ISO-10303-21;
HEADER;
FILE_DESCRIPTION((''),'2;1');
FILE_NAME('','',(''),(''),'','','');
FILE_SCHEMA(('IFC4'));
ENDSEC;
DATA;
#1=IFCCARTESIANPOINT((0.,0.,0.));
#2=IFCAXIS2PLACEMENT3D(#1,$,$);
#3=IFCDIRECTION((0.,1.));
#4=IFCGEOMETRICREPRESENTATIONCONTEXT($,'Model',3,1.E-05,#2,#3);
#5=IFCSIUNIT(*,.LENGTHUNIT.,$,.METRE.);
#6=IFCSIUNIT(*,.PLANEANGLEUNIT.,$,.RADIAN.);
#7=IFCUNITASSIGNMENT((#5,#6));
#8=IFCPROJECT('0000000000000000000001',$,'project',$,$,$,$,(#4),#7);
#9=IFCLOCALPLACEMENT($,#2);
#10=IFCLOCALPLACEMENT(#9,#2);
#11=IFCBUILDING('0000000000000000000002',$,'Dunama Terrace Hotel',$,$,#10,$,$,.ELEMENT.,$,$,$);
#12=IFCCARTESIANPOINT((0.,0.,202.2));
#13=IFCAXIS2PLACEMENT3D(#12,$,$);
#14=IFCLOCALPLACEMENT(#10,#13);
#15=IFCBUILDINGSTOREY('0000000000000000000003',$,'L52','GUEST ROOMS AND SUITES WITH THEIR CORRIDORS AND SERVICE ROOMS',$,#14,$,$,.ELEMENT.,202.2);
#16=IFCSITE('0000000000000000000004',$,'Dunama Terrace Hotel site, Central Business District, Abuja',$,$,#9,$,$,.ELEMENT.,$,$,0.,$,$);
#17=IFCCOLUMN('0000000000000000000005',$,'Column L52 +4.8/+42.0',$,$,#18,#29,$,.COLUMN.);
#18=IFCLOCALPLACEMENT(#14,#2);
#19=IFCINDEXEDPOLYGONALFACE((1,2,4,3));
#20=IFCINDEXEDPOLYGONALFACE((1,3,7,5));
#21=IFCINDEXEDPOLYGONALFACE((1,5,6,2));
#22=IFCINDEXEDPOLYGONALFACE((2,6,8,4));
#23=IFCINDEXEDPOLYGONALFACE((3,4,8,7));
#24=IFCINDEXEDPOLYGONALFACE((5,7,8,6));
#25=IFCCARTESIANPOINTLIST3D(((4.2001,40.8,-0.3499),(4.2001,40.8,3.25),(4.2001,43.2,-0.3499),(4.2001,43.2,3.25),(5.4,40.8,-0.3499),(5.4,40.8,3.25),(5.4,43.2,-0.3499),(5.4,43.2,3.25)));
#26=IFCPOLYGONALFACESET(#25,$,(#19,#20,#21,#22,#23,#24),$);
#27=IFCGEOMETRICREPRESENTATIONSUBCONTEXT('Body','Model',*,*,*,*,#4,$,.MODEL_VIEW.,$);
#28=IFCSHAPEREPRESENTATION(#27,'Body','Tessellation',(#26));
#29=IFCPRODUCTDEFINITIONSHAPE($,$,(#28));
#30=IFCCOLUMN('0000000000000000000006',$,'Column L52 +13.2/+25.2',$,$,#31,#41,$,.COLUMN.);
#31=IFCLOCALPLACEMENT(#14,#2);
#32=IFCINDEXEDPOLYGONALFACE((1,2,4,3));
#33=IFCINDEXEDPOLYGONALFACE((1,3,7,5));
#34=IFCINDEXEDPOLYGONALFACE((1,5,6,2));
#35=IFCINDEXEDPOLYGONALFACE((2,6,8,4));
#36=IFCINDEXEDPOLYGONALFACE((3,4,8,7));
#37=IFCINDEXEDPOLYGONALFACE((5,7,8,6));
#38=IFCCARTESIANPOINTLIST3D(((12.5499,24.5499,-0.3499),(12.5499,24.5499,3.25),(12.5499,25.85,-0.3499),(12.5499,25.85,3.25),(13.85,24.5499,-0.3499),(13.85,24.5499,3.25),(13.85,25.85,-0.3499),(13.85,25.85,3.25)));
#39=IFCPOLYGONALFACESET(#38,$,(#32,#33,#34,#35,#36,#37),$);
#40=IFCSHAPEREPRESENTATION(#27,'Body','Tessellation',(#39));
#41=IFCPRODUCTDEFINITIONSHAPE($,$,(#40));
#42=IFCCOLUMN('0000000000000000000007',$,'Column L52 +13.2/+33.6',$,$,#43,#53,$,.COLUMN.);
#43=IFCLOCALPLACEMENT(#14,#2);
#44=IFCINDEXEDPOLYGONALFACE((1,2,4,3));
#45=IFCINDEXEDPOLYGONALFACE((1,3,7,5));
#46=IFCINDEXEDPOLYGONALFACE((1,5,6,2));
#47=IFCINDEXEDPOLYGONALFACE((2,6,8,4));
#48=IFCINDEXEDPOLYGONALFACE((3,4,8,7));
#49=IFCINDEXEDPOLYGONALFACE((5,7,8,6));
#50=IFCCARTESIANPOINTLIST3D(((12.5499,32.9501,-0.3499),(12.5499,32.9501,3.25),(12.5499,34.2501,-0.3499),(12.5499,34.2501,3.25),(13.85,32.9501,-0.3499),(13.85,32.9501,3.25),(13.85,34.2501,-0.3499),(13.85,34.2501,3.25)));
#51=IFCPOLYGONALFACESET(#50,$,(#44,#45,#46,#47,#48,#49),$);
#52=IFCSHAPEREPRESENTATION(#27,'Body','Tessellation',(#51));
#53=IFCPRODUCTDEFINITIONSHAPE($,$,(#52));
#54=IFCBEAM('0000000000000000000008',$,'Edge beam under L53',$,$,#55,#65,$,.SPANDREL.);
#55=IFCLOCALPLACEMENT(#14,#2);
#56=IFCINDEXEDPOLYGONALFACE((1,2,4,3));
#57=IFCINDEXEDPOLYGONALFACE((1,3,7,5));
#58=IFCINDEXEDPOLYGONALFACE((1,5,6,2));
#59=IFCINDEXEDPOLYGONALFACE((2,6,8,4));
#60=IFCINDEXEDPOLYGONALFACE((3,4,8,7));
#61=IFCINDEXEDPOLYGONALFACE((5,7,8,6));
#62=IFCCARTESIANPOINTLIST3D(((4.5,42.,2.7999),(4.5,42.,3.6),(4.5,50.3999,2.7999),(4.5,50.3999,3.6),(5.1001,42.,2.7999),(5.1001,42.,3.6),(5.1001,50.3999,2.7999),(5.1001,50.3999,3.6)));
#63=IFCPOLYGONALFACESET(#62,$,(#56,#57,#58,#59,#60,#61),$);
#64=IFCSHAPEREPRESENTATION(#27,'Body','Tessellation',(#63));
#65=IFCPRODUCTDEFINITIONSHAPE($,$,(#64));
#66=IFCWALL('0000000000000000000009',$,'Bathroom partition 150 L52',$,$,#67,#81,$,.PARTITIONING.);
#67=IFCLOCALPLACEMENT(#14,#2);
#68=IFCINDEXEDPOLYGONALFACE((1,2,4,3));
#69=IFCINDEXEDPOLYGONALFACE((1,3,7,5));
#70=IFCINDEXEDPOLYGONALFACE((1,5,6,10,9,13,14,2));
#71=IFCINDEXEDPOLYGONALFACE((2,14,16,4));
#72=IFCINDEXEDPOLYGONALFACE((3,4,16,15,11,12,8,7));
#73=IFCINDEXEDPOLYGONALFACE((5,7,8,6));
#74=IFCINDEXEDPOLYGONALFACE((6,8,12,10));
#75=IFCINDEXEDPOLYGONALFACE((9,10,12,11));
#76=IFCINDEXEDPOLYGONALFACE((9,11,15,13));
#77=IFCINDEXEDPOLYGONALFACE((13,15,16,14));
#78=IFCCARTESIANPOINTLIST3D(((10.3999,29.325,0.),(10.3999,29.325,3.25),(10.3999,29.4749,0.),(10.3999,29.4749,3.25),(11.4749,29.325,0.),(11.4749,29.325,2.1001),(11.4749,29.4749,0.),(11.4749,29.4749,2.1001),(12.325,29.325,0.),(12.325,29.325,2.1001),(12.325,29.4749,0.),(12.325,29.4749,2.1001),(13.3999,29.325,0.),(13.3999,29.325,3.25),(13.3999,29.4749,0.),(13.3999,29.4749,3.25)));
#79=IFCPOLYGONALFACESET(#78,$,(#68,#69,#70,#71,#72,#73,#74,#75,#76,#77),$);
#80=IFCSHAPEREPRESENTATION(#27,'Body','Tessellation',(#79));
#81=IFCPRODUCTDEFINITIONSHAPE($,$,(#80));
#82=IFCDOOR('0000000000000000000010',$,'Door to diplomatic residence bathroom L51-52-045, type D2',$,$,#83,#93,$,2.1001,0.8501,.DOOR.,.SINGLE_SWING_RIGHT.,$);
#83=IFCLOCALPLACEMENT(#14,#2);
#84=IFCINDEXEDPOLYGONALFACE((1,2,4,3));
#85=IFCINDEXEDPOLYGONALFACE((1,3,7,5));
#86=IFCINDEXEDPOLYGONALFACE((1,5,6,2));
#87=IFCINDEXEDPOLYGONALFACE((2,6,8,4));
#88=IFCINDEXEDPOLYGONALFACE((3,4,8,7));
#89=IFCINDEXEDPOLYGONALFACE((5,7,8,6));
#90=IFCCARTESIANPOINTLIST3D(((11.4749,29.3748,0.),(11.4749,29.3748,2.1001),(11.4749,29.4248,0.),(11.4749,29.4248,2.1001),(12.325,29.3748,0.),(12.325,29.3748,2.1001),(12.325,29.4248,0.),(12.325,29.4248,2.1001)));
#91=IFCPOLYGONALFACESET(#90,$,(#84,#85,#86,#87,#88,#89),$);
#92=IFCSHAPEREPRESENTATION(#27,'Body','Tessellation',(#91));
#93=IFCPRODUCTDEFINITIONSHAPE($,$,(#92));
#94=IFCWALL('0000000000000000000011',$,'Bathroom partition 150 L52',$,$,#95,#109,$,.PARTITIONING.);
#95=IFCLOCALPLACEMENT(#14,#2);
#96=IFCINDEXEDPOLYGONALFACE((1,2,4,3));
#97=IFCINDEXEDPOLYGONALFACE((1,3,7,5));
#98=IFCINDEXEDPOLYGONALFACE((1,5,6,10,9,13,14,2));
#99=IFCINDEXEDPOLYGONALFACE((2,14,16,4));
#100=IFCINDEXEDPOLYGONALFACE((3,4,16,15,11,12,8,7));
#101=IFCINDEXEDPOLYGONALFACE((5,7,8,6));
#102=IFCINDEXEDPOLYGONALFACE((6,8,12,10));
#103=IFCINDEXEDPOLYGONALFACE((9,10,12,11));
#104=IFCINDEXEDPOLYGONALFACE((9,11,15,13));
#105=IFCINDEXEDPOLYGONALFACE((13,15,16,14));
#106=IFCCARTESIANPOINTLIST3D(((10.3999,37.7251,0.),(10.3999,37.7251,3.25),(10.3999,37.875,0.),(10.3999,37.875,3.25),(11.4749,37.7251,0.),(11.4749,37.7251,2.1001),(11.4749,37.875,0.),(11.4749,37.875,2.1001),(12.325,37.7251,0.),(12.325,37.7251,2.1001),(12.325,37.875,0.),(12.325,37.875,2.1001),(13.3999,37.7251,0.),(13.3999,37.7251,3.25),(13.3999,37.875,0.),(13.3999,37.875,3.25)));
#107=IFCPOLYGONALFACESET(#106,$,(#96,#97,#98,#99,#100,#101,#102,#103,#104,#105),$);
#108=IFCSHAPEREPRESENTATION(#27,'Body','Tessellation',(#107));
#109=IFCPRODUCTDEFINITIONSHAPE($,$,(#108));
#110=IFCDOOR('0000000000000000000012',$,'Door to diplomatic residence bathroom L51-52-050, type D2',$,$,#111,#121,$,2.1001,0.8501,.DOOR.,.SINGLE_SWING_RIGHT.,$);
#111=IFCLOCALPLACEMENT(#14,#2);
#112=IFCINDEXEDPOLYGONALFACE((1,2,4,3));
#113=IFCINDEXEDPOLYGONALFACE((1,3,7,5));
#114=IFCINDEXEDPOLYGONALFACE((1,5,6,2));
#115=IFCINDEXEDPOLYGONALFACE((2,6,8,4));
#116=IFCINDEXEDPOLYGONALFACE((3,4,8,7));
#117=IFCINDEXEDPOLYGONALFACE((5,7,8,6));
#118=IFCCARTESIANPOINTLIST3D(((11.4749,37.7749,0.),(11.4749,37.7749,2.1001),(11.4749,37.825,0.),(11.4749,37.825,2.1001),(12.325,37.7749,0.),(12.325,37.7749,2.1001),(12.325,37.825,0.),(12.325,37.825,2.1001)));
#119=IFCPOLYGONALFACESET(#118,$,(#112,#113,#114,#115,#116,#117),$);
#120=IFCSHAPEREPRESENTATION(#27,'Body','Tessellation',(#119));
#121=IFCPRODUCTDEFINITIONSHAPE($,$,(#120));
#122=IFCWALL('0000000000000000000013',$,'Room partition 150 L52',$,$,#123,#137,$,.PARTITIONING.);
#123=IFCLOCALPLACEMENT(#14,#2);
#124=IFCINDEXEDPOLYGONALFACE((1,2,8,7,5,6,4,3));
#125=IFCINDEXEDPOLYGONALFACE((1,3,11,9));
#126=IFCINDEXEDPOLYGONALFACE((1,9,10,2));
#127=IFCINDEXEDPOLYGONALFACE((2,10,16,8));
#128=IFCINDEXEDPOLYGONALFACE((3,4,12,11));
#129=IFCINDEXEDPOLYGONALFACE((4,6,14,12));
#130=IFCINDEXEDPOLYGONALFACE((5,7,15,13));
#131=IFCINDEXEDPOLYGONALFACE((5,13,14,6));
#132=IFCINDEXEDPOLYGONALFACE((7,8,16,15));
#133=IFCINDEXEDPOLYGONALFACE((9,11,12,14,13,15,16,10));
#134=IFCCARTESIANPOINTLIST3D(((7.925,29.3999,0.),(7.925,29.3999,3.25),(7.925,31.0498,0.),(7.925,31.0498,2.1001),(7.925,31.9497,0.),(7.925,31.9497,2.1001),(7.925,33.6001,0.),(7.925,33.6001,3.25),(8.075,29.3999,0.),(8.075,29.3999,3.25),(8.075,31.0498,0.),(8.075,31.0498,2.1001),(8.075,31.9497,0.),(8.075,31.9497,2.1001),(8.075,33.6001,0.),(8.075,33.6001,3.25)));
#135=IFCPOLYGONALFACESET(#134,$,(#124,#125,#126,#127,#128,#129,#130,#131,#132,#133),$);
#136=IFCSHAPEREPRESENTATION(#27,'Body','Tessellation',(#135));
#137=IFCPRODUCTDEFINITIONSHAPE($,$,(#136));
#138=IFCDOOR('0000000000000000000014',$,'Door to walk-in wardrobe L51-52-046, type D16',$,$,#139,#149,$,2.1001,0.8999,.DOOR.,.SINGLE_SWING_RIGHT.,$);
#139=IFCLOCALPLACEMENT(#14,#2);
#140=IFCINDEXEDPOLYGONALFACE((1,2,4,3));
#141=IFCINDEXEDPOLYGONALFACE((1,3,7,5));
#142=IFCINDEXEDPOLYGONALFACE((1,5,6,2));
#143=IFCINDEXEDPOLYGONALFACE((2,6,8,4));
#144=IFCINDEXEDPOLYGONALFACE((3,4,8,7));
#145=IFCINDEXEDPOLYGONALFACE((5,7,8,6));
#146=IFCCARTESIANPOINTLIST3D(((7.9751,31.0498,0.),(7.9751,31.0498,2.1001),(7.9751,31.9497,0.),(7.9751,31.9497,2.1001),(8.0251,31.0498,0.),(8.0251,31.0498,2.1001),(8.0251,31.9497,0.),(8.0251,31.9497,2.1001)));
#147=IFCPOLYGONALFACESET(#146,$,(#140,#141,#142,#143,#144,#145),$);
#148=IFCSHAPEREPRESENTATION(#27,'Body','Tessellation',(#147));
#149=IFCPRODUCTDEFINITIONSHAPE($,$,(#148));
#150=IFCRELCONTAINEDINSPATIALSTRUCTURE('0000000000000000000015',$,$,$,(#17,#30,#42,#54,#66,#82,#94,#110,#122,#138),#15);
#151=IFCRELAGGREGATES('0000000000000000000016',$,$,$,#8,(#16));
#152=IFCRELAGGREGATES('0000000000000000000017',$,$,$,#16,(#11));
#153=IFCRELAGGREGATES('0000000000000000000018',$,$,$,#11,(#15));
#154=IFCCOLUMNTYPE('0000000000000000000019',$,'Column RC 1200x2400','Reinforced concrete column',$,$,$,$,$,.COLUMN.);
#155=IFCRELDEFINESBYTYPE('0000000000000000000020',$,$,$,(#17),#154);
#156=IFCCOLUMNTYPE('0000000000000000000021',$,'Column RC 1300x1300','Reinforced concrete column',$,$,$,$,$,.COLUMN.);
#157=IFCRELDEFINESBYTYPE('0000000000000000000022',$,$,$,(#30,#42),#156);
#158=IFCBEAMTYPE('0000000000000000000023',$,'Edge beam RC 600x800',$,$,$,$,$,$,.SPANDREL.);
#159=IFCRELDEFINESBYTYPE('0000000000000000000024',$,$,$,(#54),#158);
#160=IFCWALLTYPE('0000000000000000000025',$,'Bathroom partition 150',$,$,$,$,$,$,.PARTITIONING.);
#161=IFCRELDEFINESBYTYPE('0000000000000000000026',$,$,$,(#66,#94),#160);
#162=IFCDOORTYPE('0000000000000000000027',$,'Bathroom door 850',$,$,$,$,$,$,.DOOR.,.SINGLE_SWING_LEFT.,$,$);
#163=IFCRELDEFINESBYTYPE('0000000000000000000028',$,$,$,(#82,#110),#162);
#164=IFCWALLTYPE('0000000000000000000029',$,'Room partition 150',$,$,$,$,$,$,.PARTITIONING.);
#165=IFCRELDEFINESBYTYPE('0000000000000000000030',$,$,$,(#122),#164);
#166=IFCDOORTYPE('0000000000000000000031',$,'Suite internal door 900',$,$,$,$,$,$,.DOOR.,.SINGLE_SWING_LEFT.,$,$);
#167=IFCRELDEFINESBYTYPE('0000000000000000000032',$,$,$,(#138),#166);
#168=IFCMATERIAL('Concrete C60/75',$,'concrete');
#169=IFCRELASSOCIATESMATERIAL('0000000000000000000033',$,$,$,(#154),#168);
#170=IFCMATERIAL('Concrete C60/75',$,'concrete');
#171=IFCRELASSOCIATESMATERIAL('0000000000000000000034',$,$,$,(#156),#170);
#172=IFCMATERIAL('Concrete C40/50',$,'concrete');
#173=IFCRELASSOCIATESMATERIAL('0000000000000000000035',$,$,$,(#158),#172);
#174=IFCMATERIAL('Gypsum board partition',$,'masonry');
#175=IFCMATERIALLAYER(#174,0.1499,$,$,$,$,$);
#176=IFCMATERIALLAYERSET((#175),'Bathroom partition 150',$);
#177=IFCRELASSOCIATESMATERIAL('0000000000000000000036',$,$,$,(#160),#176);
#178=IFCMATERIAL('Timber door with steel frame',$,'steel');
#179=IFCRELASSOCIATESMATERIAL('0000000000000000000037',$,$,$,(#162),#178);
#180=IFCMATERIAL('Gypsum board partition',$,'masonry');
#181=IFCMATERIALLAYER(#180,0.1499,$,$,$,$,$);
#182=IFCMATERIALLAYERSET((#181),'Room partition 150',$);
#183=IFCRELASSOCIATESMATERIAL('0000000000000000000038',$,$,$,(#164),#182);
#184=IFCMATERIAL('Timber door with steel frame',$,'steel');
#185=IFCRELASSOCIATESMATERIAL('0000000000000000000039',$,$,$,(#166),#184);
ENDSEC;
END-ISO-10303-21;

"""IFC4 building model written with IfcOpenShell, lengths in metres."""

from ifc_helpers import new_model, si_unit, direction, frame, frame_2d, origin, origin_2d, place, context, subcontext, project, spatial, rectangle, extrude, material, layer, layer_set, material_profile, profile_set, type_object, element, fill, save


model = new_model("IFC4")

# Units and contexts
model_context = context("Model", 3, precision=1e-05, world=origin(), true_north=direction((0.0, 1.0)))
body_context = subcontext(model_context, "Body", "Model", "MODEL_VIEW")
ifc_project = project(units=[si_unit("LENGTHUNIT", "METRE"), si_unit("PLANEANGLEUNIT", "RADIAN")], contexts=[model_context])

# Site, building, storey
site_placement = place(None, origin())
site = spatial("IfcSite", under=ifc_project, at=site_placement, Name="Dunama Terrace Hotel site, Central Business District, Abuja", CompositionType="ELEMENT", RefElevation=0.0)
building_placement = place(site_placement, origin())
building = spatial("IfcBuilding", under=site, at=building_placement, Name="Dunama Terrace Hotel", CompositionType="ELEMENT")
storey_placement = place(building_placement, frame((0.0, 0.0, 202.2)))
storey = spatial("IfcBuildingStorey", under=building, at=storey_placement, Name="L52", Description="GUEST ROOMS AND SUITES WITH THEIR CORRIDORS AND SERVICE ROOMS", CompositionType="ELEMENT", Elevation=202.2)

# Columns
ifc_material_1 = material(Name="Concrete C60/75", Category="concrete")
ifc_material_profile_1 = material_profile(ifc_material_1, rectangle(XDim=1.2, YDim=2.3999, at=origin_2d()), Name="RC 1200x2400")
ifc_profile_set_1 = profile_set([ifc_material_profile_1], Name="Concrete C60/75")
column_type_1 = type_object("IfcColumnType", Name="Column RC 1200x2400", Description="Reinforced concrete column", PredefinedType="COLUMN", material=ifc_profile_set_1)
column_placement = place(storey_placement, frame((4.8, 42.0, -0.3499), z_axis=(0.0, 0.0, 1.0), x_axis=(1.0, 0.0, 0.0)))
element("IfcColumn", 1, at=column_placement, inside=storey, type_object=column_type_1, Name="Column L52 +4.8/+42.0", PredefinedType="COLUMN", context=body_context, shape_type="SweptSolid", body=[
    extrude(rectangle(XDim=1.2, YDim=2.3999, at=origin_2d()), origin(), (0.0, 0.0, 1.0), 3.5999),
])
ifc_material_2 = material(Name="Concrete C60/75", Category="concrete")
ifc_material_profile_2 = material_profile(ifc_material_2, rectangle(XDim=1.3, YDim=1.3, at=origin_2d()), Name="RC 1300x1300")
ifc_profile_set_2 = profile_set([ifc_material_profile_2], Name="Concrete C60/75")
column_type_2 = type_object("IfcColumnType", Name="Column RC 1300x1300", Description="Reinforced concrete column", PredefinedType="COLUMN", material=ifc_profile_set_2)
for number, where, z_axis, x_axis, name in (
    (2, (13.2, 25.2, -0.3499), (0.0, 0.0, 1.0), (1.0, 0.0, 0.0), "Column L52 +13.2/+25.2"),
    (3, (13.2, 33.6001, -0.3499), (0.0, 0.0, 1.0), (1.0, 0.0, 0.0), "Column L52 +13.2/+33.6"),
):
    element("IfcColumn", number, at=place(storey_placement, frame(where, z_axis=z_axis, x_axis=x_axis)), inside=storey, type_object=column_type_2, Name=name, PredefinedType="COLUMN", context=body_context, shape_type="SweptSolid", body=[
        extrude(rectangle(XDim=1.3, YDim=1.3, at=origin_2d()), origin(), (0.0, 0.0, 1.0), 3.5999),
    ])

# Beam
ifc_material_3 = material(Name="Concrete C40/50", Category="concrete")
ifc_material_profile_3 = material_profile(ifc_material_3, rectangle(XDim=0.6001, YDim=0.8, at=origin_2d()), Name="RC 600x800")
ifc_profile_set_3 = profile_set([ifc_material_profile_3], Name="Concrete C40/50")
beam_type = type_object("IfcBeamType", Name="Edge beam RC 600x800", PredefinedType="SPANDREL", material=ifc_profile_set_3)
beam_placement = place(storey_placement, frame((4.8, 42.0, 3.2), z_axis=(0.0, 1.0, 0.0), x_axis=(-1.0, 0.0, 0.0)))
element("IfcBeam", 4, at=beam_placement, inside=storey, type_object=beam_type, Name="Edge beam under L53", PredefinedType="SPANDREL", context=body_context, shape_type="SweptSolid", body=[
    extrude(rectangle(XDim=0.6001, YDim=0.8, at=origin_2d()), origin(), (0.0, 0.0, 1.0), 8.3999),
])

# Walls, openings, doors
ifc_material_4 = material(Name="Gypsum board partition", Category="masonry")
ifc_layer_1 = layer(ifc_material_4, 0.1499)
ifc_layer_set_1 = layer_set([ifc_layer_1], Name="Bathroom partition 150")
wall_type_1 = type_object("IfcWallType", Name="Bathroom partition 150", PredefinedType="PARTITIONING", material=ifc_layer_set_1)
wall_1_placement = place(storey_placement, frame((10.3999, 29.3999, 0.0), z_axis=(0.0, 0.0, 1.0), x_axis=(1.0, 0.0, 0.0)))
wall_1 = element("IfcWall", 5, at=wall_1_placement, inside=storey, type_object=wall_type_1, Name="Bathroom partition 150 L52", PredefinedType="PARTITIONING", context=body_context, shape_type="SweptSolid", body=[
    extrude(rectangle(XDim=3.0, YDim=0.1499, at=frame_2d((1.5, 0.0))), origin(), (0.0, 0.0, 1.0), 3.25),
])
opening_1_placement = place(wall_1_placement, frame((1.075, 0.0, 0.0)))
opening_1 = element("IfcOpeningElement", 6, at=opening_1_placement, cuts=wall_1, PredefinedType="OPENING", context=body_context, shape_type="SweptSolid", body=[
    extrude(rectangle(XDim=0.8501, YDim=2.1001, at=frame_2d((0.425, 1.05))), frame((0.0, 0.085, 0.0), z_axis=(0.0, -1.0, 0.0), x_axis=(1.0, 0.0, 0.0)), (0.0, 0.0, 1.0), 0.1699),
])
ifc_material_5 = material(Name="Timber door with steel frame", Category="steel")
door_type_1 = type_object("IfcDoorType", Name="Bathroom door 850", OperationType="SINGLE_SWING_LEFT", PredefinedType="DOOR", material=ifc_material_5)
door_1_placement = place(opening_1_placement, origin())
door_1 = element("IfcDoor", 7, at=door_1_placement, inside=storey, type_object=door_type_1, Name="Door to diplomatic residence bathroom L51-52-045, type D2", OperationType="SINGLE_SWING_RIGHT", OverallHeight=2.1001, OverallWidth=0.8501, PredefinedType="DOOR", context=body_context, shape_type="SweptSolid", body=[
    extrude(rectangle(XDim=0.8501, YDim=2.1001, at=frame_2d((0.425, 1.05))), frame((0.0, 0.0249, 0.0), z_axis=(0.0, -1.0, 0.0), x_axis=(1.0, 0.0, 0.0)), (0.0, 0.0, 1.0), 0.05),
])
fill(opening_1, door_1)
wall_2_placement = place(storey_placement, frame((10.3999, 37.8, 0.0), z_axis=(0.0, 0.0, 1.0), x_axis=(1.0, 0.0, 0.0)))
wall_2 = element("IfcWall", 8, at=wall_2_placement, inside=storey, type_object=wall_type_1, Name="Bathroom partition 150 L52", PredefinedType="PARTITIONING", context=body_context, shape_type="SweptSolid", body=[
    extrude(rectangle(XDim=3.0, YDim=0.1499, at=frame_2d((1.5, 0.0))), origin(), (0.0, 0.0, 1.0), 3.25),
])
opening_2_placement = place(wall_2_placement, frame((1.075, 0.0, 0.0)))
opening_2 = element("IfcOpeningElement", 9, at=opening_2_placement, cuts=wall_2, PredefinedType="OPENING", context=body_context, shape_type="SweptSolid", body=[
    extrude(rectangle(XDim=0.8501, YDim=2.1001, at=frame_2d((0.425, 1.05))), frame((0.0, 0.085, 0.0), z_axis=(0.0, -1.0, 0.0), x_axis=(1.0, 0.0, 0.0)), (0.0, 0.0, 1.0), 0.1699),
])
door_2_placement = place(opening_2_placement, origin())
door_2 = element("IfcDoor", 10, at=door_2_placement, inside=storey, type_object=door_type_1, Name="Door to diplomatic residence bathroom L51-52-050, type D2", OperationType="SINGLE_SWING_RIGHT", OverallHeight=2.1001, OverallWidth=0.8501, PredefinedType="DOOR", context=body_context, shape_type="SweptSolid", body=[
    extrude(rectangle(XDim=0.8501, YDim=2.1001, at=frame_2d((0.425, 1.05))), frame((0.0, 0.0249, 0.0), z_axis=(0.0, -1.0, 0.0), x_axis=(1.0, 0.0, 0.0)), (0.0, 0.0, 1.0), 0.05),
])
fill(opening_2, door_2)
ifc_material_6 = material(Name="Gypsum board partition", Category="masonry")
ifc_layer_2 = layer(ifc_material_6, 0.1499)
ifc_layer_set_2 = layer_set([ifc_layer_2], Name="Room partition 150")
wall_type_2 = type_object("IfcWallType", Name="Room partition 150", PredefinedType="PARTITIONING", material=ifc_layer_set_2)
wall_3_placement = place(storey_placement, frame((8.0, 29.3999, 0.0), z_axis=(0.0, 0.0, 1.0), x_axis=(0.0, 1.0, 0.0)))
wall_3 = element("IfcWall", 11, at=wall_3_placement, inside=storey, type_object=wall_type_2, Name="Room partition 150 L52", PredefinedType="PARTITIONING", context=body_context, shape_type="SweptSolid", body=[
    extrude(rectangle(XDim=4.2002, YDim=0.1499, at=frame_2d((2.1001, 0.0))), origin(), (0.0, 0.0, 1.0), 3.25),
])
opening_3_placement = place(wall_3_placement, frame((1.6499, 0.0, 0.0)))
opening_3 = element("IfcOpeningElement", 12, at=opening_3_placement, cuts=wall_3, PredefinedType="OPENING", context=body_context, shape_type="SweptSolid", body=[
    extrude(rectangle(XDim=0.8999, YDim=2.1001, at=frame_2d((0.45, 1.05))), frame((0.0, 0.085, 0.0), z_axis=(0.0, -1.0, 0.0), x_axis=(1.0, 0.0, 0.0)), (0.0, 0.0, 1.0), 0.1699),
])
ifc_material_7 = material(Name="Timber door with steel frame", Category="steel")
door_type_2 = type_object("IfcDoorType", Name="Suite internal door 900", OperationType="SINGLE_SWING_LEFT", PredefinedType="DOOR", material=ifc_material_7)
door_3_placement = place(opening_3_placement, frame((0.8999, 0.0, 0.0), z_axis=(0.0, 0.0, 1.0), x_axis=(-1.0, 0.0, 0.0)))
door_3 = element("IfcDoor", 13, at=door_3_placement, inside=storey, type_object=door_type_2, Name="Door to walk-in wardrobe L51-52-046, type D16", OperationType="SINGLE_SWING_RIGHT", OverallHeight=2.1001, OverallWidth=0.8999, PredefinedType="DOOR", context=body_context, shape_type="SweptSolid", body=[
    extrude(rectangle(XDim=0.8999, YDim=2.1001, at=frame_2d((0.45, 1.05))), frame((0.0, 0.0251, 0.0), z_axis=(0.0, -1.0, 0.0), x_axis=(1.0, 0.0, 0.0)), (0.0, 0.0, 1.0), 0.05),
])
fill(opening_3, door_3)

save(model, "model.ifc")
